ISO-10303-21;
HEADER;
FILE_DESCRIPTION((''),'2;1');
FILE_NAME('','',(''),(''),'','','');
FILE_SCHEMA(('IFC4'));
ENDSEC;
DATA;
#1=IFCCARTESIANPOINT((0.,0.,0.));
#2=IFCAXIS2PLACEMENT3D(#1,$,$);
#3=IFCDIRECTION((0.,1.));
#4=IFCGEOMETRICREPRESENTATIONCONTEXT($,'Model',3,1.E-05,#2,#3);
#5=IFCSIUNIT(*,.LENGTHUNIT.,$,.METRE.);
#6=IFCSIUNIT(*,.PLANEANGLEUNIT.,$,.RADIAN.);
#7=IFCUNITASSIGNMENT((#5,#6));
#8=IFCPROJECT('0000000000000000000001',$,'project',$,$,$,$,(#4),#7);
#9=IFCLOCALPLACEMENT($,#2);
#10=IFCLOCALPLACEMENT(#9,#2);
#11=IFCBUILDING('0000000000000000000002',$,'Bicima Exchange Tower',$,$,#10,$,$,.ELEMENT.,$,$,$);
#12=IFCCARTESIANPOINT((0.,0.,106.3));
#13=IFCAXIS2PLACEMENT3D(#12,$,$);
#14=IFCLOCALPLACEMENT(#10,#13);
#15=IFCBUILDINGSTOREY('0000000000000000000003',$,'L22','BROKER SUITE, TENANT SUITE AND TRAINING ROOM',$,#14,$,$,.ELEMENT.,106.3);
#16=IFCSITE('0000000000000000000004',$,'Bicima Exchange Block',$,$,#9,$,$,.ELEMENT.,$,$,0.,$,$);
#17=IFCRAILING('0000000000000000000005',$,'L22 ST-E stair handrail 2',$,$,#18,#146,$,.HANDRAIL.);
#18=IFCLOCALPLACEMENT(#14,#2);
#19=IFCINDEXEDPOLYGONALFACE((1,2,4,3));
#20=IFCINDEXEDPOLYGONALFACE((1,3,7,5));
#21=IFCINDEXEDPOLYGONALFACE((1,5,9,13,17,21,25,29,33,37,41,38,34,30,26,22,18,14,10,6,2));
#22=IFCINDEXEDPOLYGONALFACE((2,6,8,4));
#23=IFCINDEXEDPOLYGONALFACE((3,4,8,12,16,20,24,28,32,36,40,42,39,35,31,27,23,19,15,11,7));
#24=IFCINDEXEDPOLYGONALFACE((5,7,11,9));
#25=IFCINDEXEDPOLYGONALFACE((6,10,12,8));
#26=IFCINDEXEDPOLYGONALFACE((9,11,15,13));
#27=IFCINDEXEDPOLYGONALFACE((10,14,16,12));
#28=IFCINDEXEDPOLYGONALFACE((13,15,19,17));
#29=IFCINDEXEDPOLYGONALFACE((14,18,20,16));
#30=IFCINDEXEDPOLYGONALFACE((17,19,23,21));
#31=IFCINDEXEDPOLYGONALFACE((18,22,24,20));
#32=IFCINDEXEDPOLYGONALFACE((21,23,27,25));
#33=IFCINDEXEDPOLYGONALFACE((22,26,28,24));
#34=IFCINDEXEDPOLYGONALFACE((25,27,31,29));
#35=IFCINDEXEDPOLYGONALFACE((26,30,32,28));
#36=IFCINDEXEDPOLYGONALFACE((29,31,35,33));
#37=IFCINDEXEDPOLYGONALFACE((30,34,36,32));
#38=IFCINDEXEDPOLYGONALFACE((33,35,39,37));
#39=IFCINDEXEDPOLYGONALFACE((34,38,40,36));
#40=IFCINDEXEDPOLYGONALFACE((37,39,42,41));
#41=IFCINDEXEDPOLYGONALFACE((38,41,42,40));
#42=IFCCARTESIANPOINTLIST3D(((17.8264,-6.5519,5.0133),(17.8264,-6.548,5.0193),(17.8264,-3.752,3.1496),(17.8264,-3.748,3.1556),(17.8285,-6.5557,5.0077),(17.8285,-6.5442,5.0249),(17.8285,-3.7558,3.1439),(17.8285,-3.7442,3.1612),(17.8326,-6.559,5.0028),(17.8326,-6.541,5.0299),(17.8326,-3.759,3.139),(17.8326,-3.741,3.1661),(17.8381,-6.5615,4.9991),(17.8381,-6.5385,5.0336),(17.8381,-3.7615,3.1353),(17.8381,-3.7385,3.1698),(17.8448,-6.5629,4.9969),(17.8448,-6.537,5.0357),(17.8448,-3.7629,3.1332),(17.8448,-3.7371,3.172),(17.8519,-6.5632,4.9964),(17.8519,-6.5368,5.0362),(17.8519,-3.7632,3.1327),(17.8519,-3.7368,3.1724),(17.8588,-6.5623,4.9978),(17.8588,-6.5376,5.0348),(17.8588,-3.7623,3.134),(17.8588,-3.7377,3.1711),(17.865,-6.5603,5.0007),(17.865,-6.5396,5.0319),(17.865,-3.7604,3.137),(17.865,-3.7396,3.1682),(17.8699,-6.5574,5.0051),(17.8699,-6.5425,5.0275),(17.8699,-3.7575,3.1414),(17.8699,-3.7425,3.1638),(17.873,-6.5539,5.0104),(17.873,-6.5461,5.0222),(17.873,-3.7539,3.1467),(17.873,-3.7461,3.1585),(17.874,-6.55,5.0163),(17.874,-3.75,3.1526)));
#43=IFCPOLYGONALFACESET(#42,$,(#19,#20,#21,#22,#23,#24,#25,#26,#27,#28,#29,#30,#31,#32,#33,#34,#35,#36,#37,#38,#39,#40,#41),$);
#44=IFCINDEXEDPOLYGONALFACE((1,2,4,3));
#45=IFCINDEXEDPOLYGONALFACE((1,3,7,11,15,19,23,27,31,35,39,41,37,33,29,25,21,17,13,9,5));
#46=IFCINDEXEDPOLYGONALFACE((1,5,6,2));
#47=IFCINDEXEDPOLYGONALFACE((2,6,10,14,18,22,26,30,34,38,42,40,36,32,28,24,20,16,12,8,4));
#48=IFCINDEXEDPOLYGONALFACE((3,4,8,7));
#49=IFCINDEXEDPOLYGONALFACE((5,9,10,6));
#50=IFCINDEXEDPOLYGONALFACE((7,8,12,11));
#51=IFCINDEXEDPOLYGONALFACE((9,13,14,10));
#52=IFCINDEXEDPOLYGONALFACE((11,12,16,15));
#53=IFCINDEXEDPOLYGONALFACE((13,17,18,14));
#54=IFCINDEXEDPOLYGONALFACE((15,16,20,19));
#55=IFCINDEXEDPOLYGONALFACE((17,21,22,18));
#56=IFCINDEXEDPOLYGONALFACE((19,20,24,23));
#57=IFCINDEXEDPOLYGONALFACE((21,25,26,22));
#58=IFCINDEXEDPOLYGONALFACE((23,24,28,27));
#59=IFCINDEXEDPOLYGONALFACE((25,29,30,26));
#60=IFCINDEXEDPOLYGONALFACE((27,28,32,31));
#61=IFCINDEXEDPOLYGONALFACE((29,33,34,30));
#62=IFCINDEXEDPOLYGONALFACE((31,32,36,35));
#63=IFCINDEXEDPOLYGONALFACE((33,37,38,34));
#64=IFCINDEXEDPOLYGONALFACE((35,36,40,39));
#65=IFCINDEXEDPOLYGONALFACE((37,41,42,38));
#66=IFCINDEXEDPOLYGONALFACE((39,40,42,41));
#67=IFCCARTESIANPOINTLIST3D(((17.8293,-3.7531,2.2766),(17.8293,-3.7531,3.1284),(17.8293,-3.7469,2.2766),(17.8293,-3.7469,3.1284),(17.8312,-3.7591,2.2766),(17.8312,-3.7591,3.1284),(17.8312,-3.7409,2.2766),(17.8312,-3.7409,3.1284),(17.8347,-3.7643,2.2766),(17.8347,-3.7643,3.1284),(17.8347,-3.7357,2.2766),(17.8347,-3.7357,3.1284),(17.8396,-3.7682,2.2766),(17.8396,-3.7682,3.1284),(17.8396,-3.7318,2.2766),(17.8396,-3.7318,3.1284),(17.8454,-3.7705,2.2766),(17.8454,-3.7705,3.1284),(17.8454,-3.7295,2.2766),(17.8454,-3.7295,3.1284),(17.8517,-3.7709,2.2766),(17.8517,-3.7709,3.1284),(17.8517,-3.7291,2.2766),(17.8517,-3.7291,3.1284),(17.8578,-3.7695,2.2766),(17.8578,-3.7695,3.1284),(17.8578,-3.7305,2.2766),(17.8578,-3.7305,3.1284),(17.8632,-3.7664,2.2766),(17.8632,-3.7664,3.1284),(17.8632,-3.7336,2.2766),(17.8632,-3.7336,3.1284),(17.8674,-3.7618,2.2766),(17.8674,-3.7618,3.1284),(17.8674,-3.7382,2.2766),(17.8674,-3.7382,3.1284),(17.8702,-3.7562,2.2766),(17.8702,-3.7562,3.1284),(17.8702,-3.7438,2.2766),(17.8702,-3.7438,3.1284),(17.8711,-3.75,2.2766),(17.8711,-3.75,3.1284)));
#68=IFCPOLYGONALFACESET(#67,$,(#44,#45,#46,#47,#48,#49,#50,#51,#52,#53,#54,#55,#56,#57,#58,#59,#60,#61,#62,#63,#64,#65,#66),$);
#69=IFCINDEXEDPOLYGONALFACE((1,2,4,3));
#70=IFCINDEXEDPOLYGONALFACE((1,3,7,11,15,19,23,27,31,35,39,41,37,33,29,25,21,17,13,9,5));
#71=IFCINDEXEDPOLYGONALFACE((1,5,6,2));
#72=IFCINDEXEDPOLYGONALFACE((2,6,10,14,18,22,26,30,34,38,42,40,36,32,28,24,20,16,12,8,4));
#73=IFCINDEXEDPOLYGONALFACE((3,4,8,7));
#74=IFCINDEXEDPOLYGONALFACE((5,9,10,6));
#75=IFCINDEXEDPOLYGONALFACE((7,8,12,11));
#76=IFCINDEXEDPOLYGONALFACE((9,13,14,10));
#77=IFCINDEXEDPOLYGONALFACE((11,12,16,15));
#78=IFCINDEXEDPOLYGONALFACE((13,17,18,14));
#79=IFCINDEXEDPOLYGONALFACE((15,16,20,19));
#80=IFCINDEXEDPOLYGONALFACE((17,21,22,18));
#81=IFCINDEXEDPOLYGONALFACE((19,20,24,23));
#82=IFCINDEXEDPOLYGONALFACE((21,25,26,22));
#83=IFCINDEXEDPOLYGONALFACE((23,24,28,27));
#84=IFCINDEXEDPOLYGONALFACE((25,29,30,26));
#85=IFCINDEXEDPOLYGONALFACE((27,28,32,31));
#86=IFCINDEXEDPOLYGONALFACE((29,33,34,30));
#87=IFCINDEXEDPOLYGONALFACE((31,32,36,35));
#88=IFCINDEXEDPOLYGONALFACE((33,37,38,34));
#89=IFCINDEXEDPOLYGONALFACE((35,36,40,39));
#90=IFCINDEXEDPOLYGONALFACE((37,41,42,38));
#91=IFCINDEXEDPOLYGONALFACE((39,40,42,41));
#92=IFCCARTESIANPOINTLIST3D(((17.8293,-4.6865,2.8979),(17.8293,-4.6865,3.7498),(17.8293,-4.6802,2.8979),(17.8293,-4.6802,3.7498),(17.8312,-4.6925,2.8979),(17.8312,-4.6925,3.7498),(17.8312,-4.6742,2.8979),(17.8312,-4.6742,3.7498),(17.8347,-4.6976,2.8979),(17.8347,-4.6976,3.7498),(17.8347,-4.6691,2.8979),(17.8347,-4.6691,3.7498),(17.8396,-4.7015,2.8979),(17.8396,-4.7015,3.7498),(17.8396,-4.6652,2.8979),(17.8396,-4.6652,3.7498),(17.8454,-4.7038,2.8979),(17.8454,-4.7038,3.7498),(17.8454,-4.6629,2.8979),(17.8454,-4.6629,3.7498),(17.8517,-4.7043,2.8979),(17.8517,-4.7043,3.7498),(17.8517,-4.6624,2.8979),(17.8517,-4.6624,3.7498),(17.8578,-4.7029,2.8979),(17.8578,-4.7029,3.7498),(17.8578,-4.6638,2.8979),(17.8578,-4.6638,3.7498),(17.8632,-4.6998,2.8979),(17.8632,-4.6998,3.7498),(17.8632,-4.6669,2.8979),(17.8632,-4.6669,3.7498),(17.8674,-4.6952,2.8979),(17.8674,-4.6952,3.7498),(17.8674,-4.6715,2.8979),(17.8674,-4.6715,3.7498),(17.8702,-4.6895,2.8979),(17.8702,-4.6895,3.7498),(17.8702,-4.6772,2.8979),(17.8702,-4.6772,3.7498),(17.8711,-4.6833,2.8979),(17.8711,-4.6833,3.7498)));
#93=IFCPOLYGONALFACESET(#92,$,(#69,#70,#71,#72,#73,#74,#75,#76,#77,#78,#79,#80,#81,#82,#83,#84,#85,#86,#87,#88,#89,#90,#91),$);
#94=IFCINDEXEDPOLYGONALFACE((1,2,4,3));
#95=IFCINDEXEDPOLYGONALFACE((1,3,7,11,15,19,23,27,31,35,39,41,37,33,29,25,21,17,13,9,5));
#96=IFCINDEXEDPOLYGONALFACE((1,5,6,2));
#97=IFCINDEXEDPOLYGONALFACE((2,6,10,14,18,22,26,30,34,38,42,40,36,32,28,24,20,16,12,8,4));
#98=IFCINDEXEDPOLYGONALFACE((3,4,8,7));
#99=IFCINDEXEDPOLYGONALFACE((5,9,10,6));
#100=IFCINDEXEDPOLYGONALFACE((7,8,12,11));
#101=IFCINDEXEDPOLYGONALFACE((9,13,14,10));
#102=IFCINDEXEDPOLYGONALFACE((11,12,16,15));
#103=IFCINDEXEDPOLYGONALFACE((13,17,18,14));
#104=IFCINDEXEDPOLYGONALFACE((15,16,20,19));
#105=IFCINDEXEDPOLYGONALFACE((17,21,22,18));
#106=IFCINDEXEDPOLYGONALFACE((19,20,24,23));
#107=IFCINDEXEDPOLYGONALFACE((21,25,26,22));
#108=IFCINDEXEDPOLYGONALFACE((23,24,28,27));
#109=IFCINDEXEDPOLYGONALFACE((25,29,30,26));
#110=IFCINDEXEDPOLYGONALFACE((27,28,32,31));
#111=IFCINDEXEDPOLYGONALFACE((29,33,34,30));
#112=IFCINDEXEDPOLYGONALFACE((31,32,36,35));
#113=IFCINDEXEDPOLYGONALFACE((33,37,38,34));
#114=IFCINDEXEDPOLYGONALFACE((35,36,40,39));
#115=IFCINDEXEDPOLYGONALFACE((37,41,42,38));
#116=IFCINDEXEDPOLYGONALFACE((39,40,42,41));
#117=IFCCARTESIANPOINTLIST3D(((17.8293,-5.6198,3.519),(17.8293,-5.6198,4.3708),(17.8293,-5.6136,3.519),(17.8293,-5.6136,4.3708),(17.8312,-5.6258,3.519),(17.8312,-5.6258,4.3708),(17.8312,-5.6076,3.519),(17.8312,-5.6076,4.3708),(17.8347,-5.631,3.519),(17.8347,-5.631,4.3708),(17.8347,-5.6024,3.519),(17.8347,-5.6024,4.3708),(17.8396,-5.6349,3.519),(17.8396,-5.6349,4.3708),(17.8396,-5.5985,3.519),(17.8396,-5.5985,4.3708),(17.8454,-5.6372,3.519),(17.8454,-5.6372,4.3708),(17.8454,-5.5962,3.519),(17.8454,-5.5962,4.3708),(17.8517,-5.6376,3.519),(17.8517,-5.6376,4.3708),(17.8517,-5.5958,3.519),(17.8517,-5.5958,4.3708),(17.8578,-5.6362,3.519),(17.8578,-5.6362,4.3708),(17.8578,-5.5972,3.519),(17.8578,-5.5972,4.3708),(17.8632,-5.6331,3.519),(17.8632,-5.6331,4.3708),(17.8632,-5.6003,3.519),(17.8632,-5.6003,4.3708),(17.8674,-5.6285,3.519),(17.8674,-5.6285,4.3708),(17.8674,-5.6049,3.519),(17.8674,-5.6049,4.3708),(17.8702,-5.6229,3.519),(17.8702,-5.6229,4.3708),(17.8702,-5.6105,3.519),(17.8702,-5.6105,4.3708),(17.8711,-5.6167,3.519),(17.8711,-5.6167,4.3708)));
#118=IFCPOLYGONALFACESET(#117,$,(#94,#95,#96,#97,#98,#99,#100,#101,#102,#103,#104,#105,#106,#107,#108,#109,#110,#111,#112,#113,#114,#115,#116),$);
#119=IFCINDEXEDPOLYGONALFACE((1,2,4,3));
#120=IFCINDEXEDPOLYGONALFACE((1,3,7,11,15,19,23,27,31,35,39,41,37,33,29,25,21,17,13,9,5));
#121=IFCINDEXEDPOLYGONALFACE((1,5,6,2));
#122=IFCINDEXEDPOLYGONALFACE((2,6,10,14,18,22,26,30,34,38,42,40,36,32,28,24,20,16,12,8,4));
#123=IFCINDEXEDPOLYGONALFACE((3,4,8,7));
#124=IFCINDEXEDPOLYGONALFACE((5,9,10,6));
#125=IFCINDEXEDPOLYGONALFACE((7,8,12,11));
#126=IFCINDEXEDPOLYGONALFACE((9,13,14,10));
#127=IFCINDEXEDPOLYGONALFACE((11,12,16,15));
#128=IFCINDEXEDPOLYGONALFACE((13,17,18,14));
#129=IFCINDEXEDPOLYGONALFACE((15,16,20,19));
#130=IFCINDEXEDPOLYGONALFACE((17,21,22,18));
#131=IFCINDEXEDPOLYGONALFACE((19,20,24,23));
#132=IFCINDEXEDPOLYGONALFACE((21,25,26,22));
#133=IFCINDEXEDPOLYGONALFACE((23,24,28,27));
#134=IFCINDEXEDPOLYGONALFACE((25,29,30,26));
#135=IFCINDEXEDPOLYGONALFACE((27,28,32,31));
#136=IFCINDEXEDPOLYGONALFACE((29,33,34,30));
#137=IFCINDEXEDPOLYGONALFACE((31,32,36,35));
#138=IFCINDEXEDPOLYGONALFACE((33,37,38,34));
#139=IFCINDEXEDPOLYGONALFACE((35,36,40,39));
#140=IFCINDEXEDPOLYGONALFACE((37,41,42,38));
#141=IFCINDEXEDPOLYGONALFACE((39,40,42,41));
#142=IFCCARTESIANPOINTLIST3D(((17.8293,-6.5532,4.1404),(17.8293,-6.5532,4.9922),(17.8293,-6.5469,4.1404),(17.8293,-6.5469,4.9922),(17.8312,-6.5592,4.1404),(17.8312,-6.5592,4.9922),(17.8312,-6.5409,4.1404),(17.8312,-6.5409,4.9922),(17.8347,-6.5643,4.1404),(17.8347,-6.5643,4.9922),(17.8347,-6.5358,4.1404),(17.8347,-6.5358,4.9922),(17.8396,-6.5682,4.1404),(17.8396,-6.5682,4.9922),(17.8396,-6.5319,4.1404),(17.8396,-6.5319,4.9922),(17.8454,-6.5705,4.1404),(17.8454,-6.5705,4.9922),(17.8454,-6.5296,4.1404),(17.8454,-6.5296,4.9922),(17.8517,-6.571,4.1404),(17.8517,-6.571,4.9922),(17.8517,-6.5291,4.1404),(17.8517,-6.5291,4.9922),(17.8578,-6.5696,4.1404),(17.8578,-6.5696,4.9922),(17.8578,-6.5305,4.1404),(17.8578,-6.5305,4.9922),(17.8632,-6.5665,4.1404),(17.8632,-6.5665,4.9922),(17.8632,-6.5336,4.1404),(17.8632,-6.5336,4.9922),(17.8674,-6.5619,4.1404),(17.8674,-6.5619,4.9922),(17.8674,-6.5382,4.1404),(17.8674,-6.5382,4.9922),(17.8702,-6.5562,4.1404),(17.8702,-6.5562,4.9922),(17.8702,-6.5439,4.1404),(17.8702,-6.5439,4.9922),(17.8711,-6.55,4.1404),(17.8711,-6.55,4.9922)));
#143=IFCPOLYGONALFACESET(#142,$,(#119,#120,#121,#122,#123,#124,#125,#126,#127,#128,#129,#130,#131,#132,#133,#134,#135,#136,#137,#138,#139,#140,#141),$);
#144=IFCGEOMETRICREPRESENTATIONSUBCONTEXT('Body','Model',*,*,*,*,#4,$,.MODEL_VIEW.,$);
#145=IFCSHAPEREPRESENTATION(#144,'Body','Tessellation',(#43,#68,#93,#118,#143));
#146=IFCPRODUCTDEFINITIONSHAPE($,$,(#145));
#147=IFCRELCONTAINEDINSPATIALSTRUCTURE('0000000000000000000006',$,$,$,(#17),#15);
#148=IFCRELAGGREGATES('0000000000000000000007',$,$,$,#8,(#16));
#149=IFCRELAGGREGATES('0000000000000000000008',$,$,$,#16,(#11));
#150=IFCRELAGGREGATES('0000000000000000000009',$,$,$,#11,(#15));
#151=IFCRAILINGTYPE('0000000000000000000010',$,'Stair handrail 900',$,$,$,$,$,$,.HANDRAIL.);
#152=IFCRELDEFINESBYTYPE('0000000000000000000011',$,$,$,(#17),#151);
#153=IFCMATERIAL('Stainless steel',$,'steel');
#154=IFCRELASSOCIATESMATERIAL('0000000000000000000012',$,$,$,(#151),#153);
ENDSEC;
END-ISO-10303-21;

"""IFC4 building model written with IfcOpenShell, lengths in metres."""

from ifc_helpers import new_model, si_unit, direction, frame, origin, origin_2d, place, context, subcontext, project, spatial, circle, extrude, material, type_object, element, save


model = new_model("IFC4")

# Units and contexts
model_context = context("Model", 3, precision=1e-05, world=origin(), true_north=direction((0.0, 1.0)))
body_context = subcontext(model_context, "Body", "Model", "MODEL_VIEW")
ifc_project = project(units=[si_unit("LENGTHUNIT", "METRE"), si_unit("PLANEANGLEUNIT", "RADIAN")], contexts=[model_context])

# Site, building, storey
site_placement = place(None, origin())
site = spatial("IfcSite", under=ifc_project, at=site_placement, Name="Bicima Exchange Block", CompositionType="ELEMENT", RefElevation=0.0)
building_placement = place(site_placement, origin())
building = spatial("IfcBuilding", under=site, at=building_placement, Name="Bicima Exchange Tower", CompositionType="ELEMENT")
storey_placement = place(building_placement, frame((0.0, 0.0, 106.3)))
storey = spatial("IfcBuildingStorey", under=building, at=storey_placement, Name="L22", Description="BROKER SUITE, TENANT SUITE AND TRAINING ROOM", CompositionType="ELEMENT", Elevation=106.3)

# Railing
ifc_material_1 = material(Name="Stainless steel", Category="steel")
railing_type_1 = type_object("IfcRailingType", Name="Stair handrail 900", PredefinedType="HANDRAIL", material=ifc_material_1)
railing_1_placement = place(storey_placement, frame((17.8501, -3.75, 2.2766)))
element("IfcRailing", 1, at=railing_1_placement, inside=storey, type_object=railing_type_1, Name="L22 ST-E stair handrail 2", PredefinedType="HANDRAIL", context=body_context, shape_type="SweptSolid", body=[
    extrude(circle(Radius=0.0239, at=origin_2d()), frame((0.0, 0.0, 0.876), z_axis=(0.0, -0.832452, 0.554097), x_axis=(1.0, 0.0, 0.0)), (0.0, 0.0, 1.0), 3.3635),
    extrude(circle(Radius=0.021, at=origin_2d()), origin(), (0.0, 0.0, 1.0), 0.8518),
    extrude(circle(Radius=0.021, at=origin_2d()), frame((0.0, -0.9333, 0.6213)), (0.0, 0.0, 1.0), 0.8518),
    extrude(circle(Radius=0.021, at=origin_2d()), frame((0.0, -1.8667, 1.2424)), (0.0, 0.0, 1.0), 0.8518),
    extrude(circle(Radius=0.021, at=origin_2d()), frame((0.0, -2.8, 1.8638)), (0.0, 0.0, 1.0), 0.8518),
])

save(model, "model.ifc")
